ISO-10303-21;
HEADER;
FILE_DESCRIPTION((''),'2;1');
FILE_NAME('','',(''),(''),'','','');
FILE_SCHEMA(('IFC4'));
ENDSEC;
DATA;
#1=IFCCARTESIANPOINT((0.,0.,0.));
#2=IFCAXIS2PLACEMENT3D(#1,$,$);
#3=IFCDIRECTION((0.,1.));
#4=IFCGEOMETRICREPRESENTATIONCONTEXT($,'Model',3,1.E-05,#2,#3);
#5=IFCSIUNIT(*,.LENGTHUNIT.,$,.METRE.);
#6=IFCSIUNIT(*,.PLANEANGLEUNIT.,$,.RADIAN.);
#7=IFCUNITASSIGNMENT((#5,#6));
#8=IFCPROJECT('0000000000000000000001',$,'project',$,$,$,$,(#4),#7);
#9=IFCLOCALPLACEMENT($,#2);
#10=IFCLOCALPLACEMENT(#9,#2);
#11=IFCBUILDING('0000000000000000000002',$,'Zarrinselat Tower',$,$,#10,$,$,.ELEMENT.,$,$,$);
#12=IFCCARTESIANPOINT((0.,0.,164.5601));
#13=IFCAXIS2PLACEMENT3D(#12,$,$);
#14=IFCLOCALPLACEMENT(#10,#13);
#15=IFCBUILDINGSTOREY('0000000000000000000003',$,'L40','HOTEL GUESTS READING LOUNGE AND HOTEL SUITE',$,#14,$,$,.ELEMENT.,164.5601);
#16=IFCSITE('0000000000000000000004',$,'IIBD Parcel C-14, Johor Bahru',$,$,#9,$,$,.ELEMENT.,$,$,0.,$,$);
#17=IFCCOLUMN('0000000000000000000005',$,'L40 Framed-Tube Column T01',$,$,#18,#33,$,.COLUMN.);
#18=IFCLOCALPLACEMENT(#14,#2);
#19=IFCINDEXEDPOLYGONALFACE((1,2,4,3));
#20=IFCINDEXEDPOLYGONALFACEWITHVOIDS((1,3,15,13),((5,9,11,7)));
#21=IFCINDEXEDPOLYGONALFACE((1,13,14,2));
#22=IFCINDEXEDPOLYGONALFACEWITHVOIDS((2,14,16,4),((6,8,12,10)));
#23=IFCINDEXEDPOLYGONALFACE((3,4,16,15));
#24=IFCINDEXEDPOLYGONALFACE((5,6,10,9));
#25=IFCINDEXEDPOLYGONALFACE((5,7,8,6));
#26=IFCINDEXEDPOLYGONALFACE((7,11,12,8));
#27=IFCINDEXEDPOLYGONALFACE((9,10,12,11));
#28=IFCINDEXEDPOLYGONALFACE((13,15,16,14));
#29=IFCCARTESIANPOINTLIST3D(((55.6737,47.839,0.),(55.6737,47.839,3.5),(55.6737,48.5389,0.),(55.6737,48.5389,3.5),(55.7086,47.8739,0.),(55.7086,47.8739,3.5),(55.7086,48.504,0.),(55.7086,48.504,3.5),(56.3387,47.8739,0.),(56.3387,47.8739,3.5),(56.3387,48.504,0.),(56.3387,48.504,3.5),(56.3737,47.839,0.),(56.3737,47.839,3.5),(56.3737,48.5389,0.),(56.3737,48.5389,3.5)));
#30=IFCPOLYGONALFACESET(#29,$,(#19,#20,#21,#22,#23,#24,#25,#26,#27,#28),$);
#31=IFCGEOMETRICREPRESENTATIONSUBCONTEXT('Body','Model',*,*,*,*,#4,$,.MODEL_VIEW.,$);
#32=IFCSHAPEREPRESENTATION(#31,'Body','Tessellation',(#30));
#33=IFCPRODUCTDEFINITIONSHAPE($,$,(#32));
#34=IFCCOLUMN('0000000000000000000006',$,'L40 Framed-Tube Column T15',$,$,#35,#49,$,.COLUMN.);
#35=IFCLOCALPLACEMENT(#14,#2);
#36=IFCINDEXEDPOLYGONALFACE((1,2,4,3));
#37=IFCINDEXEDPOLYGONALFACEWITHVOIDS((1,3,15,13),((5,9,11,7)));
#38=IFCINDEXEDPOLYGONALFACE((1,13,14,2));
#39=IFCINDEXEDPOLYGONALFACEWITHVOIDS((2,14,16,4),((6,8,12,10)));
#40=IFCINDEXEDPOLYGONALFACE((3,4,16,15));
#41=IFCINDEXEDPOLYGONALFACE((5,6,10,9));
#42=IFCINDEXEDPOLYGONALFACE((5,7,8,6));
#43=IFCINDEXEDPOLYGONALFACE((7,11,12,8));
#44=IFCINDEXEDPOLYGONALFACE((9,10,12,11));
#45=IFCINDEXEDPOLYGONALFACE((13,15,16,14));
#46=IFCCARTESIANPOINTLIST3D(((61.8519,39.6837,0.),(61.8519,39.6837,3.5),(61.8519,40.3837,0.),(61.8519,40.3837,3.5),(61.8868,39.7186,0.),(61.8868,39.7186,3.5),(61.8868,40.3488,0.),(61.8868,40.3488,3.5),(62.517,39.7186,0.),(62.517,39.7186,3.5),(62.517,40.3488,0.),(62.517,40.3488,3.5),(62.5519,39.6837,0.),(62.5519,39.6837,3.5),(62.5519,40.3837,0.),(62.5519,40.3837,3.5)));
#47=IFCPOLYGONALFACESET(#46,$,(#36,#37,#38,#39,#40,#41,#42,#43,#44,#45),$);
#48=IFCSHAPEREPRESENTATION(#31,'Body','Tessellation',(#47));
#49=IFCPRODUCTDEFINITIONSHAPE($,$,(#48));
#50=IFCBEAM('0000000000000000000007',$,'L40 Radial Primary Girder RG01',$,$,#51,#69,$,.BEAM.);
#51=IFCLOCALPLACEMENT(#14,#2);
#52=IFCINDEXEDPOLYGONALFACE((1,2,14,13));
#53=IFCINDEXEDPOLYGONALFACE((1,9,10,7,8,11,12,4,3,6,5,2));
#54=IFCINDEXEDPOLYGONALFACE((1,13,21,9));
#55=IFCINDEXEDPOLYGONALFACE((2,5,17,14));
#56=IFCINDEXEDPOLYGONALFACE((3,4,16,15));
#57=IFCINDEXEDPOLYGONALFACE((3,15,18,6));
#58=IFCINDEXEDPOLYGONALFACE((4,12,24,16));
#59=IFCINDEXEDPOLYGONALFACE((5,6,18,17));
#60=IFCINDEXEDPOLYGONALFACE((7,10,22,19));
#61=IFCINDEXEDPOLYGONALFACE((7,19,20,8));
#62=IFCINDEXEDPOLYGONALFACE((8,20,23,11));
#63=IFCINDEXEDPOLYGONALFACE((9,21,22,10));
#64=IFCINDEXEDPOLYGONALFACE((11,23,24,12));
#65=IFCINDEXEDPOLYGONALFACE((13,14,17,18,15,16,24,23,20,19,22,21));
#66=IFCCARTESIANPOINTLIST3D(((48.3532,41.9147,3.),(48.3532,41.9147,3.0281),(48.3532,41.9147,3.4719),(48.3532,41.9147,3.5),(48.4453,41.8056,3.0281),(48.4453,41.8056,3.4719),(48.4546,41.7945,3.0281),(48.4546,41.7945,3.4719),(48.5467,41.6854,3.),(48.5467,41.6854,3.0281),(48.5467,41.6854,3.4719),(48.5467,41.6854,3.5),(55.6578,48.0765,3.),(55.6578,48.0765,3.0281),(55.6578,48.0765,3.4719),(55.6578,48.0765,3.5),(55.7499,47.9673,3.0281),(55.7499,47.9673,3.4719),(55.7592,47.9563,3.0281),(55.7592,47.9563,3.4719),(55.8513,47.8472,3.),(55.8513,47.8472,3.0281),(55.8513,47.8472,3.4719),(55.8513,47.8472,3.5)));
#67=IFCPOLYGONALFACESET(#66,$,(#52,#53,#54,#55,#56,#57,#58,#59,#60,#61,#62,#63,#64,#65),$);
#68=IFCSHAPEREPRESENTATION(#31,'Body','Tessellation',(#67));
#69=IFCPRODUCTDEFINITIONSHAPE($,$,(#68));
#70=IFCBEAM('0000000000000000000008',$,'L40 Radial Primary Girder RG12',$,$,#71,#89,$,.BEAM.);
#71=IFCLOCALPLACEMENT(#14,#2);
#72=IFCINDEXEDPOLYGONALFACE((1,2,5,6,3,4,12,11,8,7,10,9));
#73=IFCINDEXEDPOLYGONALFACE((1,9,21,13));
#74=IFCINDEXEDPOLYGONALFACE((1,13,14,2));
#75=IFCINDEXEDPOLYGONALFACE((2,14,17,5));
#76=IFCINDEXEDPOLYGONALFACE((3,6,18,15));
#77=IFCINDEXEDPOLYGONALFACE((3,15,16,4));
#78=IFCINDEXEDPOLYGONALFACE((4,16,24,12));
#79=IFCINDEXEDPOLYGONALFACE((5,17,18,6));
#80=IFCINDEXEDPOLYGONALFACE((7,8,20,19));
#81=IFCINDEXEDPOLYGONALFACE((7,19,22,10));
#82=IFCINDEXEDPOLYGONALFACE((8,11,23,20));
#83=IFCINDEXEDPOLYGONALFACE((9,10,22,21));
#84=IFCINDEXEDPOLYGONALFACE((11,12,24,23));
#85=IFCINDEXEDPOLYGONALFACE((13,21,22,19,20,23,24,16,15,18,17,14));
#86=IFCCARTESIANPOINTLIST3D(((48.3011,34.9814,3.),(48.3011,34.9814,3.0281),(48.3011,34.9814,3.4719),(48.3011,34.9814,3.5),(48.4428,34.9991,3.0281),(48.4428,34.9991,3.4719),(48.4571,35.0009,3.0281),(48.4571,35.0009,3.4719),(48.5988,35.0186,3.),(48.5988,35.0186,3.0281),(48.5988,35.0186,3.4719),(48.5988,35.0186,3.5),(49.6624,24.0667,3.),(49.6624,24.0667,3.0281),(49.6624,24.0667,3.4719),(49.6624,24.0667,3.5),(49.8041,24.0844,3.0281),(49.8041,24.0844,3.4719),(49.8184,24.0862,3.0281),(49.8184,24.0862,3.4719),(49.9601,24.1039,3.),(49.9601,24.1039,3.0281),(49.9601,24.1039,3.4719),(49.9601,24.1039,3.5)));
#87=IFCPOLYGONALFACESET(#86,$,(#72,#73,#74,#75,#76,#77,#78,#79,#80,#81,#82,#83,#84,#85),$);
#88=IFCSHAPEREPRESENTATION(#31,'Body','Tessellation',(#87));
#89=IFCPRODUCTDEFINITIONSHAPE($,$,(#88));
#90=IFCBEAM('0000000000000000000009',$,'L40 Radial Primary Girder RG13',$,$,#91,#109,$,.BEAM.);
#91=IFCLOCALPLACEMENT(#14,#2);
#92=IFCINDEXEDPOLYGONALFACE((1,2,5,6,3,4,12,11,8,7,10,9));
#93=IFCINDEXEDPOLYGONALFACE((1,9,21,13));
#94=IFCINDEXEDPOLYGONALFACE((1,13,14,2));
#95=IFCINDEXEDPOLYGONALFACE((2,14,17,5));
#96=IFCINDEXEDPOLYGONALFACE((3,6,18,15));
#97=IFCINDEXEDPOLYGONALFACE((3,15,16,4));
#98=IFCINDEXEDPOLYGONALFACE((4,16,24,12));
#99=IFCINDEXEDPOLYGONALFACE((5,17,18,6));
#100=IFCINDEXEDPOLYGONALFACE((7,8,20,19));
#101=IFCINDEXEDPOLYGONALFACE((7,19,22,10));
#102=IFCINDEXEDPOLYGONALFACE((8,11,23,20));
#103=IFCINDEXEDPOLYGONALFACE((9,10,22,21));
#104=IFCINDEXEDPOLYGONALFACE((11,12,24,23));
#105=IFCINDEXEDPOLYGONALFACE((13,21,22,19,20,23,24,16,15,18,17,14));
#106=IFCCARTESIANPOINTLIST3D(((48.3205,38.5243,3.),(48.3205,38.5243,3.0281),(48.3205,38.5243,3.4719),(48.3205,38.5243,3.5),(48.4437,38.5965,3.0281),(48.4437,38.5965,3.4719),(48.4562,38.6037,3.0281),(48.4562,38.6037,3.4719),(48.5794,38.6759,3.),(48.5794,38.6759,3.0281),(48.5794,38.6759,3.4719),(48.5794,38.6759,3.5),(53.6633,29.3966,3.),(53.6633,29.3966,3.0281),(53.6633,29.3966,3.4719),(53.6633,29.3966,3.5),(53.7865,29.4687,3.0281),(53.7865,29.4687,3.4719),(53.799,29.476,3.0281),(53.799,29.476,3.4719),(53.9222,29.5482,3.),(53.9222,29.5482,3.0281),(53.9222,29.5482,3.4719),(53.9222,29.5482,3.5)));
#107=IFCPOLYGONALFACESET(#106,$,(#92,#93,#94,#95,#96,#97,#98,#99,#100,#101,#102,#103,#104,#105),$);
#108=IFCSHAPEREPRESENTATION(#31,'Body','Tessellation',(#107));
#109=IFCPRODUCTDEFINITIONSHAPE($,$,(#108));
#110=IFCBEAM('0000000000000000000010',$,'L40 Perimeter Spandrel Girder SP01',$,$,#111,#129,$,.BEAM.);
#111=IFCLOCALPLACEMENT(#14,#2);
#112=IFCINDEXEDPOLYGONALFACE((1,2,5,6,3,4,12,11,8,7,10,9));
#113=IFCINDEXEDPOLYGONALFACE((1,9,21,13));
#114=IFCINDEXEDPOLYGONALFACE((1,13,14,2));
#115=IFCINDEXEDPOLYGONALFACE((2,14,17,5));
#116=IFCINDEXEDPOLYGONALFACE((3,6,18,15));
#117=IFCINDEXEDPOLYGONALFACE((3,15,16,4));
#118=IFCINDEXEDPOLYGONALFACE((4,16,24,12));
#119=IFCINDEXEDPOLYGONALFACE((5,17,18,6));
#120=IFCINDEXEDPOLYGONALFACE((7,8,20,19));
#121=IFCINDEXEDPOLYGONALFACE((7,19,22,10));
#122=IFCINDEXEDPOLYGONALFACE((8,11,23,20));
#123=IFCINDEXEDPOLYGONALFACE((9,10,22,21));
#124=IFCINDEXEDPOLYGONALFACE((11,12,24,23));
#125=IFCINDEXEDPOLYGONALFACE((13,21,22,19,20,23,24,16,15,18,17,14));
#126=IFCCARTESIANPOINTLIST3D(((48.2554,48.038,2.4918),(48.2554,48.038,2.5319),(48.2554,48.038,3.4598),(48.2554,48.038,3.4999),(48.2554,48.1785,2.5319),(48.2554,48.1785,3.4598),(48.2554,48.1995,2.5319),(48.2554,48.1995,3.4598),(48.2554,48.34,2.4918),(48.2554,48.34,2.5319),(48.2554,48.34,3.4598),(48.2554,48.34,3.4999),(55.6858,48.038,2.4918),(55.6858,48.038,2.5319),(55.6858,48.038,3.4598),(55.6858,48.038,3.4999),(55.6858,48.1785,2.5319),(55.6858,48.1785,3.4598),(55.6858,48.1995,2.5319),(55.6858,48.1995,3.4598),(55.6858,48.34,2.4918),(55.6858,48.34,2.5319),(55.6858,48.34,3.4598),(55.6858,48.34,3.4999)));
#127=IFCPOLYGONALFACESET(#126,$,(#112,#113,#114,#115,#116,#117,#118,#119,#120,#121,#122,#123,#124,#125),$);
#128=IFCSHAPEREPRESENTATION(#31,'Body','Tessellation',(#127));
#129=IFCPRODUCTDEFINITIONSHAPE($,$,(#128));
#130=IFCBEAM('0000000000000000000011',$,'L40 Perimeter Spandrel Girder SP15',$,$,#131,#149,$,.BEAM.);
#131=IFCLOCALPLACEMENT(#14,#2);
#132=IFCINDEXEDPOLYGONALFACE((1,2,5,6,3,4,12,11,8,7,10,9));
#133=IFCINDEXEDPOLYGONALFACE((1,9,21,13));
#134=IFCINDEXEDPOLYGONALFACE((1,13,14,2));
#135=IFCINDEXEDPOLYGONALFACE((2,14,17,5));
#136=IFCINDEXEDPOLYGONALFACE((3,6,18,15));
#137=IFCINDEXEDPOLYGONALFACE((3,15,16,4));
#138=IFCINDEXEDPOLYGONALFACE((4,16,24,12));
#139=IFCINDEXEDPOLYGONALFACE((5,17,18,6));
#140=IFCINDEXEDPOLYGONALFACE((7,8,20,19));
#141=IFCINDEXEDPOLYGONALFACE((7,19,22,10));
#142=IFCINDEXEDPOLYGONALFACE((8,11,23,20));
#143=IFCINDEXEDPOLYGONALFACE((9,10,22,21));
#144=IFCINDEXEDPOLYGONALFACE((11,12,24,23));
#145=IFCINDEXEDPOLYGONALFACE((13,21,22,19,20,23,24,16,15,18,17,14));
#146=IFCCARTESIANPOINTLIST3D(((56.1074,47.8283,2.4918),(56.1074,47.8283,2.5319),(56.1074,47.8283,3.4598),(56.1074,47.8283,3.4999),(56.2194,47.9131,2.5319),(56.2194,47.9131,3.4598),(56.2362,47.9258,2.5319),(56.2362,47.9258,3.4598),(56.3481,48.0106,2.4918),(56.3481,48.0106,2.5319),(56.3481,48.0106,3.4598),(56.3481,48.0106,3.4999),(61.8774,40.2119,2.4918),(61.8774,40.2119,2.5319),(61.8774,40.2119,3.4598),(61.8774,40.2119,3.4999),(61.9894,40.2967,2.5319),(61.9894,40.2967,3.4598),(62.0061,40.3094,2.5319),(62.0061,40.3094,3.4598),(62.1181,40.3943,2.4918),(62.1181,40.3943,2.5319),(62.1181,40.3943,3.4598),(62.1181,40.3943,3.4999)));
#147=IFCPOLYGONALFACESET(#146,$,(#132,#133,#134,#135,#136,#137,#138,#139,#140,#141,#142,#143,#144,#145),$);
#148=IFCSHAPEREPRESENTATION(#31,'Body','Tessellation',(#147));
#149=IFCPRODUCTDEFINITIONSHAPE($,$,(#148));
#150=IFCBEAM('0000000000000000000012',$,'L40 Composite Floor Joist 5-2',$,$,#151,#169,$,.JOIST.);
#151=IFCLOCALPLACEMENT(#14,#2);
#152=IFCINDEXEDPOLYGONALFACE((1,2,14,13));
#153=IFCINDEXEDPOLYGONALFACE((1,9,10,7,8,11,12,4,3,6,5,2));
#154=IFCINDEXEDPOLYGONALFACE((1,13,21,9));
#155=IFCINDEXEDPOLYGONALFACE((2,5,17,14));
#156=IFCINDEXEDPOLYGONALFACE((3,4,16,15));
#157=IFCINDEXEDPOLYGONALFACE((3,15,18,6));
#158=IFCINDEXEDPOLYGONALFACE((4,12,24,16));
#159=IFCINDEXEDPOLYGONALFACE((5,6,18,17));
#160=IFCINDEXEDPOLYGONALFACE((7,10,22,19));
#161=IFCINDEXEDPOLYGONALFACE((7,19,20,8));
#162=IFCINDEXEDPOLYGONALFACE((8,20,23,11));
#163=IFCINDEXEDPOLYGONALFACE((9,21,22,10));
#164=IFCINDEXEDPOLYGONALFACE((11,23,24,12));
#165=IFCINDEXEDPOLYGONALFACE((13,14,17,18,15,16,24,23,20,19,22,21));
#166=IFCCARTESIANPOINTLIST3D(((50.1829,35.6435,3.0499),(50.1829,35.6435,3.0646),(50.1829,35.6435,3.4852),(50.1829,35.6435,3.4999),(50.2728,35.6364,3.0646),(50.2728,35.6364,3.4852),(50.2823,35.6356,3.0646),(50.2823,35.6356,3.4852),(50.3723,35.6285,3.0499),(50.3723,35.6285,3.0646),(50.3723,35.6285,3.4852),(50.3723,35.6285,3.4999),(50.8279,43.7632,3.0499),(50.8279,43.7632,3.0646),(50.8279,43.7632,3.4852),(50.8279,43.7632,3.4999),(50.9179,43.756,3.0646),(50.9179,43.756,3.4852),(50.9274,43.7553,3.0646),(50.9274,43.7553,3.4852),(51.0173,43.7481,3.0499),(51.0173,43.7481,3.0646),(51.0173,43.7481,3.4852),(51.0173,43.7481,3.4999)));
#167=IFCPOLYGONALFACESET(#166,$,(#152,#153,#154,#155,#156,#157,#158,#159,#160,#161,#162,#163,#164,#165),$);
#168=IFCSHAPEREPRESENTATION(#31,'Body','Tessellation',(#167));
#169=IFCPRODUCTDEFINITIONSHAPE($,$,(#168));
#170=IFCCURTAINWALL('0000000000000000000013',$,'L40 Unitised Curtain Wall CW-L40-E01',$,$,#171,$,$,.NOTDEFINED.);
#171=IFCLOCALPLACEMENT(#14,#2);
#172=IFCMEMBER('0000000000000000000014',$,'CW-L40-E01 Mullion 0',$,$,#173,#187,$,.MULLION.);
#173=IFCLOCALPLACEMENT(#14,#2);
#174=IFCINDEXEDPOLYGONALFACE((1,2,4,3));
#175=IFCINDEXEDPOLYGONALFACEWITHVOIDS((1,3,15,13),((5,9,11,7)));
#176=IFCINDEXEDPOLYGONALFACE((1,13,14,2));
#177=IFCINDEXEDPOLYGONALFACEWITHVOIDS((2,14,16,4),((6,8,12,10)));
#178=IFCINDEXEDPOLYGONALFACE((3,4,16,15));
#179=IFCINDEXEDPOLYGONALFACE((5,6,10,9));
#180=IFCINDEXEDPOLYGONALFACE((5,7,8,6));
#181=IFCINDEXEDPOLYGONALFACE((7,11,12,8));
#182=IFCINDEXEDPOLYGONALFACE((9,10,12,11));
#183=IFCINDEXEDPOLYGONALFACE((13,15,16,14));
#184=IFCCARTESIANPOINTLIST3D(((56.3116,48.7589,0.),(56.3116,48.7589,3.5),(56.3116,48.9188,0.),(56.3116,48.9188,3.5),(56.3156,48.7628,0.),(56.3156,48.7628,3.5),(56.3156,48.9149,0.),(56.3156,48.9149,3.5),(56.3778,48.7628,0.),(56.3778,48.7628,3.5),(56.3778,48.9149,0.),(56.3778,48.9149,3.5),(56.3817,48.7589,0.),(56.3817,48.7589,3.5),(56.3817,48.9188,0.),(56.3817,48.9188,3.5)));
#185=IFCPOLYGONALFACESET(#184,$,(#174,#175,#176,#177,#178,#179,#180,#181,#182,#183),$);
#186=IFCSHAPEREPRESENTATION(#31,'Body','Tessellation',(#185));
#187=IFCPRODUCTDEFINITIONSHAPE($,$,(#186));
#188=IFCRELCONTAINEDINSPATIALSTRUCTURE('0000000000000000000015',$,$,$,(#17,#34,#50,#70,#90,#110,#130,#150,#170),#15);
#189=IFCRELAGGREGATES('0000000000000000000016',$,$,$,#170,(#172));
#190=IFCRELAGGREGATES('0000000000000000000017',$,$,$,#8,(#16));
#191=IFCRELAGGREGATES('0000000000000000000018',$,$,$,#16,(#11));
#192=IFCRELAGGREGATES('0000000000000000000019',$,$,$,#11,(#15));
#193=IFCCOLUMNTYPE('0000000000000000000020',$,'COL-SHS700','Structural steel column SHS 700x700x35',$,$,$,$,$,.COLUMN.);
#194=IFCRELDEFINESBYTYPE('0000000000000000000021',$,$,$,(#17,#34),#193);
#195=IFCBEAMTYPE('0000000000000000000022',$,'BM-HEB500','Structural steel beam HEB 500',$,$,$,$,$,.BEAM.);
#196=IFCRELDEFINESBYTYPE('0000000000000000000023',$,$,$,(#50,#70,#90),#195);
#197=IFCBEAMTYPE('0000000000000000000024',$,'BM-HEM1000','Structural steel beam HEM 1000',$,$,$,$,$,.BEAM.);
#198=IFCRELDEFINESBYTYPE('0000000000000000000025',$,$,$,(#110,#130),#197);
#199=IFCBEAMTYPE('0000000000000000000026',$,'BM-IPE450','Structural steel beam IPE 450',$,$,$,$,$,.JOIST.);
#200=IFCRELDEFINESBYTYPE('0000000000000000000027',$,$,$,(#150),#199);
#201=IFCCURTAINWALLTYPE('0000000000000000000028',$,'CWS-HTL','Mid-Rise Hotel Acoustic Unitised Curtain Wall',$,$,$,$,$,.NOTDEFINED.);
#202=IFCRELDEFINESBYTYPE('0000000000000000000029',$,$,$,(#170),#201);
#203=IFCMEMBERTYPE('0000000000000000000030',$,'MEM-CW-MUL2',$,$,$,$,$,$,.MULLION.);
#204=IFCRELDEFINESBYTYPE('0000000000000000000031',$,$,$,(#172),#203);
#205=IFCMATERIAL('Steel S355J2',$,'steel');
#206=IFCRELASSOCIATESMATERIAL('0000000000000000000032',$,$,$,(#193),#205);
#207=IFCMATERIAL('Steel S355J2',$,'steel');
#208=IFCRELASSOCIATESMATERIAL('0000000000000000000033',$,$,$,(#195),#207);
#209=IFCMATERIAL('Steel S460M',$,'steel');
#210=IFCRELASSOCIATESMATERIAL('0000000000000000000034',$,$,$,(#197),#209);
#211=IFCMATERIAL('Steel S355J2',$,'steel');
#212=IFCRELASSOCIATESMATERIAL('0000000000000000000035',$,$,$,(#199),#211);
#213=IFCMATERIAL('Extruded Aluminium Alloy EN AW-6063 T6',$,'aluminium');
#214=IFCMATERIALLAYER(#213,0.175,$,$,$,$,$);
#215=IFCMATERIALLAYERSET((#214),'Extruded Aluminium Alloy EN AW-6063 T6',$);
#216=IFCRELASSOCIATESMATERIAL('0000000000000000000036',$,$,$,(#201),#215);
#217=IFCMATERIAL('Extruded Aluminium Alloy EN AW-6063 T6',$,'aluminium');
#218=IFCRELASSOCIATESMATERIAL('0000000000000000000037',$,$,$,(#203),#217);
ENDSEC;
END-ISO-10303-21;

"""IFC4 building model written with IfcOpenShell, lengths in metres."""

from ifc_helpers import new_model, si_unit, direction, frame, origin, origin_2d, place, context, subcontext, project, spatial, hollow_rectangle, i_section, extrude, material, layer, layer_set, material_profile, profile_set, type_object, element, aggregate, save


model = new_model("IFC4")

# Units and contexts
model_context = context("Model", 3, precision=1e-05, world=origin(), true_north=direction((0.0, 1.0)))
body_context = subcontext(model_context, "Body", "Model", "MODEL_VIEW")
ifc_project = project(units=[si_unit("LENGTHUNIT", "METRE"), si_unit("PLANEANGLEUNIT", "RADIAN")], contexts=[model_context])

# Site, building, storey
site_placement = place(None, origin())
site = spatial("IfcSite", under=ifc_project, at=site_placement, Name="IIBD Parcel C-14, Johor Bahru", CompositionType="ELEMENT", RefElevation=0.0)
building_placement = place(site_placement, origin())
building = spatial("IfcBuilding", under=site, at=building_placement, Name="Zarrinselat Tower", CompositionType="ELEMENT")
storey_placement = place(building_placement, frame((0.0, 0.0, 164.5601)))
storey = spatial("IfcBuildingStorey", under=building, at=storey_placement, Name="L40", Description="HOTEL GUESTS READING LOUNGE AND HOTEL SUITE", CompositionType="ELEMENT", Elevation=164.5601)

# Columns
ifc_material_1 = material(Name="Steel S355J2", Category="steel")
ifc_material_profile_1 = material_profile(ifc_material_1, hollow_rectangle(XDim=0.7, YDim=0.7, WallThickness=0.0349, at=origin_2d()), Name="SHS 700x700x35")
ifc_profile_set_1 = profile_set([ifc_material_profile_1], Name="Steel S355J2")
column_type = type_object("IfcColumnType", Name="COL-SHS700", Description="Structural steel column SHS 700x700x35", PredefinedType="COLUMN", material=ifc_profile_set_1)
for number, where, z_axis, x_axis, name in (
    (1, (56.0237, 48.189, 0.0), (0.0, 0.0, 1.0), (1.0, 0.0, 0.0), "L40 Framed-Tube Column T01"),
    (2, (62.2019, 40.0337, 0.0), (0.0, 0.0, 1.0), (1.0, 0.0, 0.0), "L40 Framed-Tube Column T15"),
):
    element("IfcColumn", number, at=place(storey_placement, frame(where, z_axis=z_axis, x_axis=x_axis)), inside=storey, type_object=column_type, Name=name, PredefinedType="COLUMN", context=body_context, shape_type="SweptSolid", body=[
        extrude(hollow_rectangle(XDim=0.7, YDim=0.7, WallThickness=0.0349, at=origin_2d()), origin(), (0.0, 0.0, 1.0), 3.5),
    ])

# Beams
ifc_material_2 = material(Name="Steel S355J2", Category="steel")
ifc_material_profile_2 = material_profile(ifc_material_2, i_section(OverallWidth=0.3, OverallDepth=0.5, WebThickness=0.0144, FlangeThickness=0.0281, at=origin_2d()), Name="HEB 500")
ifc_profile_set_2 = profile_set([ifc_material_profile_2], Name="Steel S355J2")
beam_type_1 = type_object("IfcBeamType", Name="BM-HEB500", Description="Structural steel beam HEB 500", PredefinedType="BEAM", material=ifc_profile_set_2)
beam_1_placement = place(storey_placement, frame((48.45, 41.8, 3.25), z_axis=(0.764367, 0.644781, 0.0), x_axis=(-0.644781, 0.764367, 0.0)))
element("IfcBeam", 3, at=beam_1_placement, inside=storey, type_object=beam_type_1, Name="L40 Radial Primary Girder RG01", PredefinedType="BEAM", context=body_context, shape_type="SweptSolid", body=[
    extrude(i_section(OverallWidth=0.3, OverallDepth=0.5, WebThickness=0.0144, FlangeThickness=0.0281, at=origin_2d()), origin(), (0.0, 0.0, 1.0), 9.5564),
])
beam_2_placement = place(storey_placement, frame((48.45, 35.0, 3.25), z_axis=(0.123764, -0.992312, 0.0), x_axis=(0.992312, 0.123764, 0.0)))
element("IfcBeam", 4, at=beam_2_placement, inside=storey, type_object=beam_type_1, Name="L40 Radial Primary Girder RG12", PredefinedType="BEAM", context=body_context, shape_type="SweptSolid", body=[
    extrude(i_section(OverallWidth=0.3, OverallDepth=0.5, WebThickness=0.0144, FlangeThickness=0.0281, at=origin_2d()), origin(), (0.0, 0.0, 1.0), 10.9993),
])
beam_3_placement = place(storey_placement, frame((48.45, 38.6001, 3.25), z_axis=(0.505161, -0.863025, 0.0), x_axis=(0.863025, 0.505161, 0.0)))
element("IfcBeam", 5, at=beam_3_placement, inside=storey, type_object=beam_type_1, Name="L40 Radial Primary Girder RG13", PredefinedType="BEAM", context=body_context, shape_type="SweptSolid", body=[
    extrude(i_section(OverallWidth=0.3, OverallDepth=0.5, WebThickness=0.0144, FlangeThickness=0.0281, at=origin_2d()), origin(), (0.0, 0.0, 1.0), 10.5764),
])
ifc_material_3 = material(Name="Steel S460M", Category="steel")
ifc_material_profile_3 = material_profile(ifc_material_3, i_section(OverallWidth=0.302, OverallDepth=1.0081, WebThickness=0.021, FlangeThickness=0.04, at=origin_2d()), Name="HEM 1000")
ifc_profile_set_3 = profile_set([ifc_material_profile_3], Name="Steel S460M")
beam_type_2 = type_object("IfcBeamType", Name="BM-HEM1000", Description="Structural steel beam HEM 1000", PredefinedType="BEAM", material=ifc_profile_set_3)
beam_4_placement = place(storey_placement, frame((48.2554, 48.189, 2.9958), z_axis=(1.0, 0.0, 0.0), x_axis=(0.0, 1.0, 0.0)))
element("IfcBeam", 6, at=beam_4_placement, inside=storey, type_object=beam_type_2, Name="L40 Perimeter Spandrel Girder SP01", PredefinedType="BEAM", context=body_context, shape_type="SweptSolid", body=[
    extrude(i_section(OverallWidth=0.302, OverallDepth=1.0081, WebThickness=0.021, FlangeThickness=0.04, at=origin_2d()), origin(), (0.0, 0.0, 1.0), 7.4304),
])
beam_5_placement = place(storey_placement, frame((56.2278, 47.9194, 2.9958), z_axis=(0.603856, -0.797093, 0.0), x_axis=(0.797093, 0.603856, 0.0)))
element("IfcBeam", 7, at=beam_5_placement, inside=storey, type_object=beam_type_2, Name="L40 Perimeter Spandrel Girder SP15", PredefinedType="BEAM", context=body_context, shape_type="SweptSolid", body=[
    extrude(i_section(OverallWidth=0.302, OverallDepth=1.0081, WebThickness=0.021, FlangeThickness=0.04, at=origin_2d()), origin(), (0.0, 0.0, 1.0), 9.5552),
])
ifc_material_4 = material(Name="Steel S355J2", Category="steel")
ifc_material_profile_4 = material_profile(ifc_material_4, i_section(OverallWidth=0.1899, OverallDepth=0.45, WebThickness=0.0095, FlangeThickness=0.0146, at=origin_2d()), Name="IPE 450")
ifc_profile_set_4 = profile_set([ifc_material_profile_4], Name="Steel S355J2")
beam_type_3 = type_object("IfcBeamType", Name="BM-IPE450", Description="Structural steel beam IPE 450", PredefinedType="JOIST", material=ifc_profile_set_4)
beam_6_placement = place(storey_placement, frame((50.2776, 35.636, 3.2749), z_axis=(0.07919, 0.99686, 0.0), x_axis=(-0.99686, 0.07919, 0.0)))
element("IfcBeam", 8, at=beam_6_placement, inside=storey, type_object=beam_type_3, Name="L40 Composite Floor Joist 5-2", PredefinedType="JOIST", context=body_context, shape_type="SweptSolid", body=[
    extrude(i_section(OverallWidth=0.1899, OverallDepth=0.45, WebThickness=0.0095, FlangeThickness=0.0146, at=origin_2d()), origin(), (0.0, 0.0, 1.0), 8.1453),
])

# Curtain wall, member
ifc_material_5 = material(Name="Extruded Aluminium Alloy EN AW-6063 T6", Category="aluminium")
ifc_layer_1 = layer(ifc_material_5, 0.175)
ifc_layer_set_1 = layer_set([ifc_layer_1], Name="Extruded Aluminium Alloy EN AW-6063 T6")
curtain_wall_type = type_object("IfcCurtainWallType", Name="CWS-HTL", Description="Mid-Rise Hotel Acoustic Unitised Curtain Wall", PredefinedType="NOTDEFINED", material=ifc_layer_set_1)
curtain_wall_1_placement = place(storey_placement, origin())
curtain_wall_1 = element("IfcCurtainWall", 9, at=curtain_wall_1_placement, inside=storey, type_object=curtain_wall_type, Name="L40 Unitised Curtain Wall CW-L40-E01", PredefinedType="NOTDEFINED")
ifc_material_6 = material(Name="Extruded Aluminium Alloy EN AW-6063 T6", Category="aluminium")
ifc_material_profile_5 = material_profile(ifc_material_6, hollow_rectangle(XDim=0.0701, YDim=0.1599, WallThickness=0.0039, at=origin_2d()), Name="RHS 160x70x4")
ifc_profile_set_5 = profile_set([ifc_material_profile_5], Name="Extruded Aluminium Alloy EN AW-6063 T6")
member_type_1 = type_object("IfcMemberType", Name="MEM-CW-MUL2", PredefinedType="MULLION", material=ifc_profile_set_5)
member_1_placement = place(storey_placement, frame((56.3467, 48.8389, 0.0), z_axis=(0.0, 0.0, 1.0), x_axis=(-1.0, 0.0, 0.0)))
member_1 = element("IfcMember", 10, at=member_1_placement, type_object=member_type_1, Name="CW-L40-E01 Mullion 0", PredefinedType="MULLION", context=body_context, shape_type="SweptSolid", body=[
    extrude(hollow_rectangle(XDim=0.0701, YDim=0.1599, WallThickness=0.0039, at=origin_2d()), origin(), (0.0, 0.0, 1.0), 3.5),
])

aggregate(curtain_wall_1, [member_1])

save(model, "model.ifc")
